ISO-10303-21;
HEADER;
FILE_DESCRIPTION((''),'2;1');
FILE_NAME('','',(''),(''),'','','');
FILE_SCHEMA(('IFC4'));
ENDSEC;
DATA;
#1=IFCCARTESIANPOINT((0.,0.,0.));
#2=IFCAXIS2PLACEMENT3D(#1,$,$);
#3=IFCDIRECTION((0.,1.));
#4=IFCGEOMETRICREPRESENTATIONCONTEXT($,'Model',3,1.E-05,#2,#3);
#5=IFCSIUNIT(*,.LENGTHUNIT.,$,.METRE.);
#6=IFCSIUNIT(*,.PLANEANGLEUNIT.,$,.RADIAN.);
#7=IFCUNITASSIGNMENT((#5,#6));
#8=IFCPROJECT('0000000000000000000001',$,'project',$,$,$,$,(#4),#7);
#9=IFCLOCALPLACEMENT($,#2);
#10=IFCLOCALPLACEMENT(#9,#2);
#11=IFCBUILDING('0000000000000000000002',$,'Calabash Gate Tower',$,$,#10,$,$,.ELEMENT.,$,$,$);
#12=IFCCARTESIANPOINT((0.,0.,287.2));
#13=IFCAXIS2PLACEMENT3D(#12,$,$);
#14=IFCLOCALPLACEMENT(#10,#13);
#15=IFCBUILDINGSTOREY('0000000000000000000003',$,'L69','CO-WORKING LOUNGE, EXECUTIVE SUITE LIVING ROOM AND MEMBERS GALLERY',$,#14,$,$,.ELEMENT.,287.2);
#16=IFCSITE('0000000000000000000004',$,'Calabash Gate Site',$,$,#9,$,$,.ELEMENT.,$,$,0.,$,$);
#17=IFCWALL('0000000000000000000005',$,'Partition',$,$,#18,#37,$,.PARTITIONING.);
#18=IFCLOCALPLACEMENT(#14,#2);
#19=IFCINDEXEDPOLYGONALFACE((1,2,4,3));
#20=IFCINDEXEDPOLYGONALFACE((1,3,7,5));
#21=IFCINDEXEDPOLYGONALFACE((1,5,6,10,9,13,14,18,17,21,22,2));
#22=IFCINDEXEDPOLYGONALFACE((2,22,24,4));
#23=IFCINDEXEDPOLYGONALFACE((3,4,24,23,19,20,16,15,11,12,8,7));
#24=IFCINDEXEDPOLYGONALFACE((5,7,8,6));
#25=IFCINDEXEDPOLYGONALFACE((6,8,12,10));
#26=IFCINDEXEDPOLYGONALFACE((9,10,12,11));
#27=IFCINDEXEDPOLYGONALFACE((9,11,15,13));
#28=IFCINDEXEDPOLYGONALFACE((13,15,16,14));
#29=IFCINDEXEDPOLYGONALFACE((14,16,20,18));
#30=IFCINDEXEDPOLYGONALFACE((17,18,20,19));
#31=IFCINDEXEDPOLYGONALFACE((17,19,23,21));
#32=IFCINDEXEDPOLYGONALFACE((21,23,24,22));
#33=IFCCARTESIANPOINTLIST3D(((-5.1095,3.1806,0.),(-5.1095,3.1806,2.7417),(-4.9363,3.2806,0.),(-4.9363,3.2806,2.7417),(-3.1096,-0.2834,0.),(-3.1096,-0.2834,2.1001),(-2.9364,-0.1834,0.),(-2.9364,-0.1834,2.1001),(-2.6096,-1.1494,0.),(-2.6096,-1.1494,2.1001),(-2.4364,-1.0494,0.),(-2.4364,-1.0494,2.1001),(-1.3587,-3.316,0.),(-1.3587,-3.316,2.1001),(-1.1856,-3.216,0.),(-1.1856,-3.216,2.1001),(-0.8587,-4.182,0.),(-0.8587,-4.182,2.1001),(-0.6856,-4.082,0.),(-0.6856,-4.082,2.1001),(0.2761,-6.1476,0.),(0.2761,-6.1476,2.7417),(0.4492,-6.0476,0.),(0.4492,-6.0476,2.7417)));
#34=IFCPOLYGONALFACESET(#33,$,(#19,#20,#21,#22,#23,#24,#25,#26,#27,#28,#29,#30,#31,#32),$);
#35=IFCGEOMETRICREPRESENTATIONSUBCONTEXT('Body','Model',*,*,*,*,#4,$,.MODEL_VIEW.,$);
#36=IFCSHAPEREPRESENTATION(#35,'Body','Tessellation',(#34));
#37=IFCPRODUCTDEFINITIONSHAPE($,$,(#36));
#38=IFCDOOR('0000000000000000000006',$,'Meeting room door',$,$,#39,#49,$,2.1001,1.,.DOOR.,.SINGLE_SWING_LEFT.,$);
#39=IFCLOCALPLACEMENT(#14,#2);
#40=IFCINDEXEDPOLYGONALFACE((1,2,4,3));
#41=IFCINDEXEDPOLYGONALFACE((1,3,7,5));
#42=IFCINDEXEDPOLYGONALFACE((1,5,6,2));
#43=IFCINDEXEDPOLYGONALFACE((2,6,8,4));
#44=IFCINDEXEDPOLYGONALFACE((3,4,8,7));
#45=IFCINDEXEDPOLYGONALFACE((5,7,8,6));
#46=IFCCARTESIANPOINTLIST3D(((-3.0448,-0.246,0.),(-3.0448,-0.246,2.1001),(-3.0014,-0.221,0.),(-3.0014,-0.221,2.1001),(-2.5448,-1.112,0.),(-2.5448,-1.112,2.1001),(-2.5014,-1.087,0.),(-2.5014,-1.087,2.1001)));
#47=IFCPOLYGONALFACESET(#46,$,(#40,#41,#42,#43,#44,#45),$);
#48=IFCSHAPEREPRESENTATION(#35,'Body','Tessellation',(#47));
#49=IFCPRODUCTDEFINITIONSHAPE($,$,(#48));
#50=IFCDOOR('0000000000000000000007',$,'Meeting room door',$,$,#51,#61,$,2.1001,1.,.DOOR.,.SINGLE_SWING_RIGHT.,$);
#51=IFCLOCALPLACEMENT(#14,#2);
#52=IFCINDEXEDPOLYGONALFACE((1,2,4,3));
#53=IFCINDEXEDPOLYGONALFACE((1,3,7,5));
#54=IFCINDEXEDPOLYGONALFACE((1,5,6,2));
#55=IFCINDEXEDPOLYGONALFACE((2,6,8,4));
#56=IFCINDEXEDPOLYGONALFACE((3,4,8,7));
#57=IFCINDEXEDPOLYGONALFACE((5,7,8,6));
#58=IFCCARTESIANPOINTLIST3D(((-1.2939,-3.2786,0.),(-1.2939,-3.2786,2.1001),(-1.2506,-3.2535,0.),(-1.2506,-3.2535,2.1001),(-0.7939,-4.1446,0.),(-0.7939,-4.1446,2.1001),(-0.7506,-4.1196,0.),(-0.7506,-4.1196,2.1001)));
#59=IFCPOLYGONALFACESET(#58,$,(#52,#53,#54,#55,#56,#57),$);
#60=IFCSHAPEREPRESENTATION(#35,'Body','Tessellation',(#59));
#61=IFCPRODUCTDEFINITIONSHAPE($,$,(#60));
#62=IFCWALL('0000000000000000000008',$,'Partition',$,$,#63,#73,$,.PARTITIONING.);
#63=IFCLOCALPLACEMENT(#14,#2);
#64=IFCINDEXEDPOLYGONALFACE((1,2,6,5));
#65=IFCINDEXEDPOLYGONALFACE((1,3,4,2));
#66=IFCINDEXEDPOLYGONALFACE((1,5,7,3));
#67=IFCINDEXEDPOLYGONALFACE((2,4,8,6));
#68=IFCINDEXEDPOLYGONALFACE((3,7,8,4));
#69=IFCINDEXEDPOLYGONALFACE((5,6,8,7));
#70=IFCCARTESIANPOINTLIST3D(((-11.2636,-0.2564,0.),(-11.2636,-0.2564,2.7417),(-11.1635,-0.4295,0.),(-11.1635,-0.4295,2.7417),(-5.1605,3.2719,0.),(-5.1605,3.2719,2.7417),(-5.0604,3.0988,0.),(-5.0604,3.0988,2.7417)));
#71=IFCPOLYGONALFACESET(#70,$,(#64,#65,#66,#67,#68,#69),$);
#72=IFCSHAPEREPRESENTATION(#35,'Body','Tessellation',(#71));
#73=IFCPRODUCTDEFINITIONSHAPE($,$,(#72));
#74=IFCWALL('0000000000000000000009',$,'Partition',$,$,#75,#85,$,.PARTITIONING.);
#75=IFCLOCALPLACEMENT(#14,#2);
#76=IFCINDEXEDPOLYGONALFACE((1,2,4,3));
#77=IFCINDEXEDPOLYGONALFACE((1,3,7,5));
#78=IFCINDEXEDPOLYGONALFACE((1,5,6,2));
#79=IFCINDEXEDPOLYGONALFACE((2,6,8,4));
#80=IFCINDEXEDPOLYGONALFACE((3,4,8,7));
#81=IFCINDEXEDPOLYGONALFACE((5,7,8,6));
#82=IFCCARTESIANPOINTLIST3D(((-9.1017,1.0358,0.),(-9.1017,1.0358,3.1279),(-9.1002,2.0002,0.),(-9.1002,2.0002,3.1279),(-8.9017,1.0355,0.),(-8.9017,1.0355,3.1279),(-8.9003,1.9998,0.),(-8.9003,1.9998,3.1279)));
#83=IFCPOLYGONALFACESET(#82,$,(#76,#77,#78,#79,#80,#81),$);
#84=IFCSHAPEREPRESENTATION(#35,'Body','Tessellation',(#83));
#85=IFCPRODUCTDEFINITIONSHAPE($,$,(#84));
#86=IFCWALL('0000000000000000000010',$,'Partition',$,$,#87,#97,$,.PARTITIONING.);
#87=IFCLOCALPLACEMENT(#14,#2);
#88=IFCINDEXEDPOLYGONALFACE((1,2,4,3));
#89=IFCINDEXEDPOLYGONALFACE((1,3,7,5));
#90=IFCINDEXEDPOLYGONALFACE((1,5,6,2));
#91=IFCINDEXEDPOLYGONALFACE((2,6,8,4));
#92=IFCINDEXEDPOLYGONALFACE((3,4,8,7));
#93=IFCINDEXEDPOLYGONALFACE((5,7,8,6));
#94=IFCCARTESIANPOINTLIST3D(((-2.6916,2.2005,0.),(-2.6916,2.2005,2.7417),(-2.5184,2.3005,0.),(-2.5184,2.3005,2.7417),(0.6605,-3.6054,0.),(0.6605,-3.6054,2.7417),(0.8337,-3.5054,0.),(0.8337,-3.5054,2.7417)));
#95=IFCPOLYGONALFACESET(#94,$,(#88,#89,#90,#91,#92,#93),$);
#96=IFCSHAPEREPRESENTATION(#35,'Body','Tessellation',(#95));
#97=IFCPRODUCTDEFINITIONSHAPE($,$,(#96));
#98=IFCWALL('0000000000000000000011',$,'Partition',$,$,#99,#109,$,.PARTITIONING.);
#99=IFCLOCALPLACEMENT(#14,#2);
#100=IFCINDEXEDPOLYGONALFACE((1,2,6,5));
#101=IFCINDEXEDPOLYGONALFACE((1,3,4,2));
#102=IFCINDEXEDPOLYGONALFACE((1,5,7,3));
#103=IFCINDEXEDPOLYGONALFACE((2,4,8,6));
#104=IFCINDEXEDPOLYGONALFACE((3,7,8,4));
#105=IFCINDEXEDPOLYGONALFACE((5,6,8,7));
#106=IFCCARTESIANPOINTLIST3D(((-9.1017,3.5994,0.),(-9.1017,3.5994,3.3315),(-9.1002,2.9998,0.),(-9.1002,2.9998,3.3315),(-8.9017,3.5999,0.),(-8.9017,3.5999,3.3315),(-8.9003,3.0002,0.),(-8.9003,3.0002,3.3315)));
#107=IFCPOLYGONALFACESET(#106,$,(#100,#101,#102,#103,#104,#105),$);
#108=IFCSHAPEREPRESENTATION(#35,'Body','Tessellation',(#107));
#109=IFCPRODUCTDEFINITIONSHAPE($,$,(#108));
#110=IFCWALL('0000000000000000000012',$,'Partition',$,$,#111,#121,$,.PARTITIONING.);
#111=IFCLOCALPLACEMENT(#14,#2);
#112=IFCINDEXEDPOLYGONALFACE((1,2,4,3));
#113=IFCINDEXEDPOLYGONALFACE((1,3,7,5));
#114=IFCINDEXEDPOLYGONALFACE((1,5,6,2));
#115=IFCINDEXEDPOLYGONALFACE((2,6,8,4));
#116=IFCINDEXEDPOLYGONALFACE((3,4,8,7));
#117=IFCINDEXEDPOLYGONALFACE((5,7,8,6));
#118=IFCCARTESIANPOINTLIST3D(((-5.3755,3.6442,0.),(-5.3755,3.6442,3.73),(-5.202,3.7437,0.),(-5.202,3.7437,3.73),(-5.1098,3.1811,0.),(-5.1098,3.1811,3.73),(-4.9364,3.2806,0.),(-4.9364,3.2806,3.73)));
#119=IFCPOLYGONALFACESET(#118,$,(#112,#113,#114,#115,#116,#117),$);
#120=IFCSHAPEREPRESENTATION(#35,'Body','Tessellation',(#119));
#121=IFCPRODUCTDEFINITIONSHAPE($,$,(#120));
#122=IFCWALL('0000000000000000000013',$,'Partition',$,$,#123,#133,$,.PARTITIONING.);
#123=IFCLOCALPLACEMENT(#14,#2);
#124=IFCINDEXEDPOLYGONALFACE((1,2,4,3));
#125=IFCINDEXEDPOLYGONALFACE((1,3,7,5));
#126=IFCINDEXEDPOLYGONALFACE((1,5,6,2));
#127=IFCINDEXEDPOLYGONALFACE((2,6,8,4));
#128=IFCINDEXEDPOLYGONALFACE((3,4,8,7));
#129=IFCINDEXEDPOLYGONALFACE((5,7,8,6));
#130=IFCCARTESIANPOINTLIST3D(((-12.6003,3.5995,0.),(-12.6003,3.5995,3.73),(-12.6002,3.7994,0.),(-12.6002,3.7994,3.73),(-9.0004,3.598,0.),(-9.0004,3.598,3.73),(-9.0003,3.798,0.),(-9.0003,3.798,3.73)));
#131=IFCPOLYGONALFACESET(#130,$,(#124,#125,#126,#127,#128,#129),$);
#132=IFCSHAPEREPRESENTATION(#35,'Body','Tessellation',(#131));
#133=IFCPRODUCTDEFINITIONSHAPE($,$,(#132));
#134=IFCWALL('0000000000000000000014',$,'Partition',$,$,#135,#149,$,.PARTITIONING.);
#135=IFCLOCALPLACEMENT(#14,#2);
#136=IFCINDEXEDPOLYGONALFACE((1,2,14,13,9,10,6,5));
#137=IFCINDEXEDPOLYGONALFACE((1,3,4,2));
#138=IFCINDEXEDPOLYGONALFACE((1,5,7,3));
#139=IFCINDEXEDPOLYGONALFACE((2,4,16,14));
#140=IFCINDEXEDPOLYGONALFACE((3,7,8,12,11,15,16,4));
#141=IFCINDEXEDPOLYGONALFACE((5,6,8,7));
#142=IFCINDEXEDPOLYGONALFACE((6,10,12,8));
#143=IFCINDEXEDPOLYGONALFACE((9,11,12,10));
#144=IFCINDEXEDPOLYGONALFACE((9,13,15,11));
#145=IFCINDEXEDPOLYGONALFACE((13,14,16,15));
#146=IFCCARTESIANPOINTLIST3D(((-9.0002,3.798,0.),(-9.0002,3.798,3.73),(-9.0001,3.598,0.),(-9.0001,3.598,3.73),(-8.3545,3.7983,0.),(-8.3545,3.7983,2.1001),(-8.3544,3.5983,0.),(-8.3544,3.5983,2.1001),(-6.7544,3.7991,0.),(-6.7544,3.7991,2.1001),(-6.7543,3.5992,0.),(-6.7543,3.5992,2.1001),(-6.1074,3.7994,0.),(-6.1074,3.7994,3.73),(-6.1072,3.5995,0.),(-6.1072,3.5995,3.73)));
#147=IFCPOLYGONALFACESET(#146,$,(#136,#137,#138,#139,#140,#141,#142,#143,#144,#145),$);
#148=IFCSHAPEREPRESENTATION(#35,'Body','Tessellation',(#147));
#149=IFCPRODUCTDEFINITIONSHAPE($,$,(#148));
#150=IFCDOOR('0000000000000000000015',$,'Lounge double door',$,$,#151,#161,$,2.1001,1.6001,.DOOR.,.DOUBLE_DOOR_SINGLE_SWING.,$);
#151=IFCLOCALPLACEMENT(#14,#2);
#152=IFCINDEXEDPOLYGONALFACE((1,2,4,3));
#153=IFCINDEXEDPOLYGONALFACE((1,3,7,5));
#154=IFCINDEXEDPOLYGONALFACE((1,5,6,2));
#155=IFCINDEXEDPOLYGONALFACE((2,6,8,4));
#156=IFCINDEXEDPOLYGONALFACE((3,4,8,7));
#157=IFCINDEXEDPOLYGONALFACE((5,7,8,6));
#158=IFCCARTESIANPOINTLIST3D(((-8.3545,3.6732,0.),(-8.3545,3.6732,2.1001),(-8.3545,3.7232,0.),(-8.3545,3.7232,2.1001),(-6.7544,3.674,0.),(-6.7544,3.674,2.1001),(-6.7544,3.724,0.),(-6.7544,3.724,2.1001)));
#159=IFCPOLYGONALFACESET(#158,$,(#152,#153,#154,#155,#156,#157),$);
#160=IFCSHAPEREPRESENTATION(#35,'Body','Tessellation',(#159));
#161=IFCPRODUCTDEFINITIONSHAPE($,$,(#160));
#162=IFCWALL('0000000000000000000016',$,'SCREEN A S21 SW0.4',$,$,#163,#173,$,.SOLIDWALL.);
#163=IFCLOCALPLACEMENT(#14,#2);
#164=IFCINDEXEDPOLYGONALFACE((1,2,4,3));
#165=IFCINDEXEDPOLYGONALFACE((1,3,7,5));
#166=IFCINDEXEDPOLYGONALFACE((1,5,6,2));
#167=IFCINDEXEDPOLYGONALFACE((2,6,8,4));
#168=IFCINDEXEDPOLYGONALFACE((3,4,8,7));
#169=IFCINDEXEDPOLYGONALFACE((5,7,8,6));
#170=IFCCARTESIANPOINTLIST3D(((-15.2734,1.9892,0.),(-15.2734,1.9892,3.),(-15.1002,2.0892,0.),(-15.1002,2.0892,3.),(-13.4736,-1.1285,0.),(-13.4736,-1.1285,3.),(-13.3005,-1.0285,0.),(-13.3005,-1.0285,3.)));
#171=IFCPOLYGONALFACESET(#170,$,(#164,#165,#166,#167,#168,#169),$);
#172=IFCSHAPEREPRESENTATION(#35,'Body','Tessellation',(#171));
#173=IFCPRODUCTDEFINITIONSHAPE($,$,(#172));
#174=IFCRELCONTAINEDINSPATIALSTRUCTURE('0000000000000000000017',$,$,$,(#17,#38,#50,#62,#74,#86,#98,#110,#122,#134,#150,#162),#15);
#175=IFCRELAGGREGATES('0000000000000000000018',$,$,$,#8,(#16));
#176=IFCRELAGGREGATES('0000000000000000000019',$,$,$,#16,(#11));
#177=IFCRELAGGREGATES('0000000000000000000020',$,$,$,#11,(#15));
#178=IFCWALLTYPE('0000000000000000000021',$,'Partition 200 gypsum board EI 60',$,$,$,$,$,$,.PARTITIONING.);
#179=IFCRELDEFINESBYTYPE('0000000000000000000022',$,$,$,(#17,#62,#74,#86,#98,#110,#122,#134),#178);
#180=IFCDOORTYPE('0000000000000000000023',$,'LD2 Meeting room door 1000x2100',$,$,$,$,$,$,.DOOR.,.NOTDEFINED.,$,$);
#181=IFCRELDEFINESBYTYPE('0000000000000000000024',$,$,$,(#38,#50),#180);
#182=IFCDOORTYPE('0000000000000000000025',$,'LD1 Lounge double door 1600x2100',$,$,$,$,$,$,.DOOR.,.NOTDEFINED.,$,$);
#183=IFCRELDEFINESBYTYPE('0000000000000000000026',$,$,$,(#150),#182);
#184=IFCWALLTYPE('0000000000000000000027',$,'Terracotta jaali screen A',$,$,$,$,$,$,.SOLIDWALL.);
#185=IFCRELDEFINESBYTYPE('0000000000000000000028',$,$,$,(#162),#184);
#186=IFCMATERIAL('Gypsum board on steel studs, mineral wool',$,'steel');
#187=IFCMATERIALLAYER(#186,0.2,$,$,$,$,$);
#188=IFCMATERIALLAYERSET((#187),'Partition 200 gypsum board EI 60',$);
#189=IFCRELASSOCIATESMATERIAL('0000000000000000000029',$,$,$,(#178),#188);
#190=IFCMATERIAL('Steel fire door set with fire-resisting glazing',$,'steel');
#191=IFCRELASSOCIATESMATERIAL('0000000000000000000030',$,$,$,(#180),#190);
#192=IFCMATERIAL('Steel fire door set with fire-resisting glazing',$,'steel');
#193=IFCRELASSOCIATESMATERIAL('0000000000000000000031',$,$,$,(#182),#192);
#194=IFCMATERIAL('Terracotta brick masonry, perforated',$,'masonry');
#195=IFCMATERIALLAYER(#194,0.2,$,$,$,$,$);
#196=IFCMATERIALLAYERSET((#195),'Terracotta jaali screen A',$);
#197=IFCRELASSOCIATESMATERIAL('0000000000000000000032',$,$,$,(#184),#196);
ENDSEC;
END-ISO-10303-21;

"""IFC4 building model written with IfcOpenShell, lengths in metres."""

from ifc_helpers import new_model, si_unit, direction, frame, frame_2d, origin, place, context, subcontext, project, spatial, rectangle, extrude, material, layer, layer_set, type_object, element, fill, save


model = new_model("IFC4")

# Units and contexts
model_context = context("Model", 3, precision=1e-05, world=origin(), true_north=direction((0.0, 1.0)))
body_context = subcontext(model_context, "Body", "Model", "MODEL_VIEW")
ifc_project = project(units=[si_unit("LENGTHUNIT", "METRE"), si_unit("PLANEANGLEUNIT", "RADIAN")], contexts=[model_context])

# Site, building, storey
site_placement = place(None, origin())
site = spatial("IfcSite", under=ifc_project, at=site_placement, Name="Calabash Gate Site", CompositionType="ELEMENT", RefElevation=0.0)
building_placement = place(site_placement, origin())
building = spatial("IfcBuilding", under=site, at=building_placement, Name="Calabash Gate Tower", CompositionType="ELEMENT")
storey_placement = place(building_placement, frame((0.0, 0.0, 287.2)))
storey = spatial("IfcBuildingStorey", under=building, at=storey_placement, Name="L69", Description="CO-WORKING LOUNGE, EXECUTIVE SUITE LIVING ROOM AND MEMBERS GALLERY", CompositionType="ELEMENT", Elevation=287.2)

# Wall, openings, doors
ifc_material_1 = material(Name="Gypsum board on steel studs, mineral wool", Category="steel")
ifc_layer_1 = layer(ifc_material_1, 0.2)
ifc_layer_set_1 = layer_set([ifc_layer_1], Name="Partition 200 gypsum board EI 60")
wall_type_1 = type_object("IfcWallType", Name="Partition 200 gypsum board EI 60", PredefinedType="PARTITIONING", material=ifc_layer_set_1)
wall_1_placement = place(storey_placement, frame((-5.0229, 3.2307, 0.0), z_axis=(0.0, 0.0, 1.0), x_axis=(0.499993, -0.866029, 0.0)))
wall_1 = element("IfcWall", 1, at=wall_1_placement, inside=storey, type_object=wall_type_1, Name="Partition", PredefinedType="PARTITIONING", context=body_context, shape_type="SweptSolid", body=[
    extrude(rectangle(XDim=10.7712, YDim=0.2, at=frame_2d((5.3857, 0.0))), origin(), (0.0, 0.0, 1.0), 2.7417),
])
opening_1_placement = place(wall_1_placement, frame((4.0, 0.0, 0.0)))
opening_1 = element("IfcOpeningElement", 2, at=opening_1_placement, cuts=wall_1, PredefinedType="OPENING", context=body_context, shape_type="SweptSolid", body=[
    extrude(rectangle(XDim=1.0, YDim=2.1001, at=frame_2d((0.5, 1.05))), frame((0.0, 0.1099, 0.0), z_axis=(0.0, -1.0, 0.0), x_axis=(1.0, 0.0, 0.0)), (0.0, 0.0, 1.0), 0.22),
])
opening_2_placement = place(wall_1_placement, frame((7.5017, 0.0, 0.0)))
opening_2 = element("IfcOpeningElement", 3, at=opening_2_placement, cuts=wall_1, PredefinedType="OPENING", context=body_context, shape_type="SweptSolid", body=[
    extrude(rectangle(XDim=1.0, YDim=2.1001, at=frame_2d((0.5, 1.05))), frame((0.0, 0.1099, 0.0), z_axis=(0.0, -1.0, 0.0), x_axis=(1.0, 0.0, 0.0)), (0.0, 0.0, 1.0), 0.22),
])
ifc_material_2 = material(Name="Steel fire door set with fire-resisting glazing", Category="steel")
door_type_1 = type_object("IfcDoorType", Name="LD2 Meeting room door 1000x2100", OperationType="NOTDEFINED", PredefinedType="DOOR", material=ifc_material_2)
door_1_placement = place(opening_1_placement, origin())
door_1 = element("IfcDoor", 4, at=door_1_placement, inside=storey, type_object=door_type_1, Name="Meeting room door", OperationType="SINGLE_SWING_LEFT", OverallHeight=2.1001, OverallWidth=1.0, PredefinedType="DOOR", context=body_context, shape_type="SweptSolid", body=[
    extrude(rectangle(XDim=1.0, YDim=2.1001, at=frame_2d((0.5, 1.05))), frame((0.0, 0.0249, 0.0), z_axis=(0.0, -1.0, 0.0), x_axis=(1.0, 0.0, 0.0)), (0.0, 0.0, 1.0), 0.05),
])
fill(opening_1, door_1)
door_2_placement = place(opening_2_placement, origin())
door_2 = element("IfcDoor", 5, at=door_2_placement, inside=storey, type_object=door_type_1, Name="Meeting room door", OperationType="SINGLE_SWING_RIGHT", OverallHeight=2.1001, OverallWidth=1.0, PredefinedType="DOOR", context=body_context, shape_type="SweptSolid", body=[
    extrude(rectangle(XDim=1.0, YDim=2.1001, at=frame_2d((0.5, 1.05))), frame((0.0, 0.0249, 0.0), z_axis=(0.0, -1.0, 0.0), x_axis=(1.0, 0.0, 0.0)), (0.0, 0.0, 1.0), 0.05),
])
fill(opening_2, door_2)

# Walls
wall_2_placement = place(storey_placement, frame((-11.2136, -0.343, 0.0), z_axis=(0.0, 0.0, 1.0), x_axis=(0.865734, 0.500504, 0.0)))
element("IfcWall", 6, at=wall_2_placement, inside=storey, type_object=wall_type_1, Name="Partition", PredefinedType="PARTITIONING", context=body_context, shape_type="SweptSolid", body=[
    extrude(rectangle(XDim=7.0496, YDim=0.2, at=frame_2d((3.5249, 0.0))), origin(), (0.0, 0.0, 1.0), 2.7417),
])
wall_3_placement = place(storey_placement, frame((-9.0017, 1.0356, 0.0), z_axis=(0.0, 0.0, 1.0), x_axis=(0.001519, 0.999999, 0.0)))
element("IfcWall", 7, at=wall_3_placement, inside=storey, type_object=wall_type_1, Name="Partition", PredefinedType="PARTITIONING", context=body_context, shape_type="SweptSolid", body=[
    extrude(rectangle(XDim=0.9644, YDim=0.2, at=frame_2d((0.4822, 0.0))), origin(), (0.0, 0.0, 1.0), 3.1279),
])
wall_4_placement = place(storey_placement, frame((-2.605, 2.2505, 0.0), z_axis=(0.0, 0.0, 1.0), x_axis=(0.500001, -0.866025, 0.0)))
element("IfcWall", 8, at=wall_4_placement, inside=storey, type_object=wall_type_1, Name="Partition", PredefinedType="PARTITIONING", context=body_context, shape_type="SweptSolid", body=[
    extrude(rectangle(XDim=6.7041, YDim=0.2, at=frame_2d((3.3521, 0.0))), origin(), (0.0, 0.0, 1.0), 2.7417),
])
wall_5_placement = place(storey_placement, frame((-9.0017, 3.5996, 0.0), z_axis=(0.0, 0.0, 1.0), x_axis=(0.002443, -0.999997, 0.0)))
element("IfcWall", 9, at=wall_5_placement, inside=storey, type_object=wall_type_1, Name="Partition", PredefinedType="PARTITIONING", context=body_context, shape_type="SweptSolid", body=[
    extrude(rectangle(XDim=0.5996, YDim=0.2, at=frame_2d((0.2998, 0.0))), origin(), (0.0, 0.0, 1.0), 3.3315),
])
wall_6_placement = place(storey_placement, frame((-5.2888, 3.6941, 0.0), z_axis=(0.0, 0.0, 1.0), x_axis=(0.497517, -0.867454, 0.0)))
element("IfcWall", 10, at=wall_6_placement, inside=storey, type_object=wall_type_1, Name="Partition", PredefinedType="PARTITIONING", context=body_context, shape_type="SweptSolid", body=[
    extrude(rectangle(XDim=0.5339, YDim=0.2, at=frame_2d((0.2671, 0.0))), origin(), (0.0, 0.0, 1.0), 3.73),
])
wall_7_placement = place(storey_placement, frame((-12.6001, 3.6995, 0.0), z_axis=(0.0, 0.0, 1.0), x_axis=(1.0, -0.000407, 0.0)))
element("IfcWall", 11, at=wall_7_placement, inside=storey, type_object=wall_type_1, Name="Partition", PredefinedType="PARTITIONING", context=body_context, shape_type="SweptSolid", body=[
    extrude(rectangle(XDim=3.5999, YDim=0.2, at=frame_2d((1.7998, 0.0))), origin(), (0.0, 0.0, 1.0), 3.73),
])

# Wall, opening, door
wall_8_placement = place(storey_placement, frame((-9.0, 3.698, 0.0), z_axis=(0.0, 0.0, 1.0), x_axis=(1.0, 0.000506, 0.0)))
wall_8 = element("IfcWall", 12, at=wall_8_placement, inside=storey, type_object=wall_type_1, Name="Partition", PredefinedType="PARTITIONING", context=body_context, shape_type="SweptSolid", body=[
    extrude(rectangle(XDim=2.8928, YDim=0.2, at=frame_2d((1.4463, 0.0))), origin(), (0.0, 0.0, 1.0), 3.73),
])
opening_3_placement = place(wall_8_placement, frame((0.6455, 0.0, 0.0)))
opening_3 = element("IfcOpeningElement", 13, at=opening_3_placement, cuts=wall_8, PredefinedType="OPENING", context=body_context, shape_type="SweptSolid", body=[
    extrude(rectangle(XDim=1.6001, YDim=2.1001, at=frame_2d((0.8, 1.05))), frame((0.0, 0.1099, 0.0), z_axis=(0.0, -1.0, 0.0), x_axis=(1.0, 0.0, 0.0)), (0.0, 0.0, 1.0), 0.22),
])
ifc_material_3 = material(Name="Steel fire door set with fire-resisting glazing", Category="steel")
door_type_2 = type_object("IfcDoorType", Name="LD1 Lounge double door 1600x2100", OperationType="NOTDEFINED", PredefinedType="DOOR", material=ifc_material_3)
door_3_placement = place(opening_3_placement, origin())
door_3 = element("IfcDoor", 14, at=door_3_placement, inside=storey, type_object=door_type_2, Name="Lounge double door", OperationType="DOUBLE_DOOR_SINGLE_SWING", OverallHeight=2.1001, OverallWidth=1.6001, PredefinedType="DOOR", context=body_context, shape_type="SweptSolid", body=[
    extrude(rectangle(XDim=1.6001, YDim=2.1001, at=frame_2d((0.8, 1.05))), frame((0.0, 0.0249, 0.0), z_axis=(0.0, -1.0, 0.0), x_axis=(1.0, 0.0, 0.0)), (0.0, 0.0, 1.0), 0.05),
])
fill(opening_3, door_3)

# Wall
ifc_material_4 = material(Name="Terracotta brick masonry, perforated", Category="masonry")
ifc_layer_2 = layer(ifc_material_4, 0.2)
ifc_layer_set_2 = layer_set([ifc_layer_2], Name="Terracotta jaali screen A")
wall_type_2 = type_object("IfcWallType", Name="Terracotta jaali screen A", PredefinedType="SOLIDWALL", material=ifc_layer_set_2)
wall_9_placement = place(storey_placement, frame((-15.1868, 2.0391, 0.0), z_axis=(0.0, 0.0, 1.0), x_axis=(0.499961, -0.866048, 0.0)))
element("IfcWall", 15, at=wall_9_placement, inside=storey, type_object=wall_type_2, Name="SCREEN A S21 SW0.4", PredefinedType="SOLIDWALL", context=body_context, shape_type="SweptSolid", body=[
    extrude(rectangle(XDim=3.5999, YDim=0.2, at=frame_2d((1.7998, 0.0))), origin(), (0.0, 0.0, 1.0), 3.0),
])

save(model, "model.ifc")
